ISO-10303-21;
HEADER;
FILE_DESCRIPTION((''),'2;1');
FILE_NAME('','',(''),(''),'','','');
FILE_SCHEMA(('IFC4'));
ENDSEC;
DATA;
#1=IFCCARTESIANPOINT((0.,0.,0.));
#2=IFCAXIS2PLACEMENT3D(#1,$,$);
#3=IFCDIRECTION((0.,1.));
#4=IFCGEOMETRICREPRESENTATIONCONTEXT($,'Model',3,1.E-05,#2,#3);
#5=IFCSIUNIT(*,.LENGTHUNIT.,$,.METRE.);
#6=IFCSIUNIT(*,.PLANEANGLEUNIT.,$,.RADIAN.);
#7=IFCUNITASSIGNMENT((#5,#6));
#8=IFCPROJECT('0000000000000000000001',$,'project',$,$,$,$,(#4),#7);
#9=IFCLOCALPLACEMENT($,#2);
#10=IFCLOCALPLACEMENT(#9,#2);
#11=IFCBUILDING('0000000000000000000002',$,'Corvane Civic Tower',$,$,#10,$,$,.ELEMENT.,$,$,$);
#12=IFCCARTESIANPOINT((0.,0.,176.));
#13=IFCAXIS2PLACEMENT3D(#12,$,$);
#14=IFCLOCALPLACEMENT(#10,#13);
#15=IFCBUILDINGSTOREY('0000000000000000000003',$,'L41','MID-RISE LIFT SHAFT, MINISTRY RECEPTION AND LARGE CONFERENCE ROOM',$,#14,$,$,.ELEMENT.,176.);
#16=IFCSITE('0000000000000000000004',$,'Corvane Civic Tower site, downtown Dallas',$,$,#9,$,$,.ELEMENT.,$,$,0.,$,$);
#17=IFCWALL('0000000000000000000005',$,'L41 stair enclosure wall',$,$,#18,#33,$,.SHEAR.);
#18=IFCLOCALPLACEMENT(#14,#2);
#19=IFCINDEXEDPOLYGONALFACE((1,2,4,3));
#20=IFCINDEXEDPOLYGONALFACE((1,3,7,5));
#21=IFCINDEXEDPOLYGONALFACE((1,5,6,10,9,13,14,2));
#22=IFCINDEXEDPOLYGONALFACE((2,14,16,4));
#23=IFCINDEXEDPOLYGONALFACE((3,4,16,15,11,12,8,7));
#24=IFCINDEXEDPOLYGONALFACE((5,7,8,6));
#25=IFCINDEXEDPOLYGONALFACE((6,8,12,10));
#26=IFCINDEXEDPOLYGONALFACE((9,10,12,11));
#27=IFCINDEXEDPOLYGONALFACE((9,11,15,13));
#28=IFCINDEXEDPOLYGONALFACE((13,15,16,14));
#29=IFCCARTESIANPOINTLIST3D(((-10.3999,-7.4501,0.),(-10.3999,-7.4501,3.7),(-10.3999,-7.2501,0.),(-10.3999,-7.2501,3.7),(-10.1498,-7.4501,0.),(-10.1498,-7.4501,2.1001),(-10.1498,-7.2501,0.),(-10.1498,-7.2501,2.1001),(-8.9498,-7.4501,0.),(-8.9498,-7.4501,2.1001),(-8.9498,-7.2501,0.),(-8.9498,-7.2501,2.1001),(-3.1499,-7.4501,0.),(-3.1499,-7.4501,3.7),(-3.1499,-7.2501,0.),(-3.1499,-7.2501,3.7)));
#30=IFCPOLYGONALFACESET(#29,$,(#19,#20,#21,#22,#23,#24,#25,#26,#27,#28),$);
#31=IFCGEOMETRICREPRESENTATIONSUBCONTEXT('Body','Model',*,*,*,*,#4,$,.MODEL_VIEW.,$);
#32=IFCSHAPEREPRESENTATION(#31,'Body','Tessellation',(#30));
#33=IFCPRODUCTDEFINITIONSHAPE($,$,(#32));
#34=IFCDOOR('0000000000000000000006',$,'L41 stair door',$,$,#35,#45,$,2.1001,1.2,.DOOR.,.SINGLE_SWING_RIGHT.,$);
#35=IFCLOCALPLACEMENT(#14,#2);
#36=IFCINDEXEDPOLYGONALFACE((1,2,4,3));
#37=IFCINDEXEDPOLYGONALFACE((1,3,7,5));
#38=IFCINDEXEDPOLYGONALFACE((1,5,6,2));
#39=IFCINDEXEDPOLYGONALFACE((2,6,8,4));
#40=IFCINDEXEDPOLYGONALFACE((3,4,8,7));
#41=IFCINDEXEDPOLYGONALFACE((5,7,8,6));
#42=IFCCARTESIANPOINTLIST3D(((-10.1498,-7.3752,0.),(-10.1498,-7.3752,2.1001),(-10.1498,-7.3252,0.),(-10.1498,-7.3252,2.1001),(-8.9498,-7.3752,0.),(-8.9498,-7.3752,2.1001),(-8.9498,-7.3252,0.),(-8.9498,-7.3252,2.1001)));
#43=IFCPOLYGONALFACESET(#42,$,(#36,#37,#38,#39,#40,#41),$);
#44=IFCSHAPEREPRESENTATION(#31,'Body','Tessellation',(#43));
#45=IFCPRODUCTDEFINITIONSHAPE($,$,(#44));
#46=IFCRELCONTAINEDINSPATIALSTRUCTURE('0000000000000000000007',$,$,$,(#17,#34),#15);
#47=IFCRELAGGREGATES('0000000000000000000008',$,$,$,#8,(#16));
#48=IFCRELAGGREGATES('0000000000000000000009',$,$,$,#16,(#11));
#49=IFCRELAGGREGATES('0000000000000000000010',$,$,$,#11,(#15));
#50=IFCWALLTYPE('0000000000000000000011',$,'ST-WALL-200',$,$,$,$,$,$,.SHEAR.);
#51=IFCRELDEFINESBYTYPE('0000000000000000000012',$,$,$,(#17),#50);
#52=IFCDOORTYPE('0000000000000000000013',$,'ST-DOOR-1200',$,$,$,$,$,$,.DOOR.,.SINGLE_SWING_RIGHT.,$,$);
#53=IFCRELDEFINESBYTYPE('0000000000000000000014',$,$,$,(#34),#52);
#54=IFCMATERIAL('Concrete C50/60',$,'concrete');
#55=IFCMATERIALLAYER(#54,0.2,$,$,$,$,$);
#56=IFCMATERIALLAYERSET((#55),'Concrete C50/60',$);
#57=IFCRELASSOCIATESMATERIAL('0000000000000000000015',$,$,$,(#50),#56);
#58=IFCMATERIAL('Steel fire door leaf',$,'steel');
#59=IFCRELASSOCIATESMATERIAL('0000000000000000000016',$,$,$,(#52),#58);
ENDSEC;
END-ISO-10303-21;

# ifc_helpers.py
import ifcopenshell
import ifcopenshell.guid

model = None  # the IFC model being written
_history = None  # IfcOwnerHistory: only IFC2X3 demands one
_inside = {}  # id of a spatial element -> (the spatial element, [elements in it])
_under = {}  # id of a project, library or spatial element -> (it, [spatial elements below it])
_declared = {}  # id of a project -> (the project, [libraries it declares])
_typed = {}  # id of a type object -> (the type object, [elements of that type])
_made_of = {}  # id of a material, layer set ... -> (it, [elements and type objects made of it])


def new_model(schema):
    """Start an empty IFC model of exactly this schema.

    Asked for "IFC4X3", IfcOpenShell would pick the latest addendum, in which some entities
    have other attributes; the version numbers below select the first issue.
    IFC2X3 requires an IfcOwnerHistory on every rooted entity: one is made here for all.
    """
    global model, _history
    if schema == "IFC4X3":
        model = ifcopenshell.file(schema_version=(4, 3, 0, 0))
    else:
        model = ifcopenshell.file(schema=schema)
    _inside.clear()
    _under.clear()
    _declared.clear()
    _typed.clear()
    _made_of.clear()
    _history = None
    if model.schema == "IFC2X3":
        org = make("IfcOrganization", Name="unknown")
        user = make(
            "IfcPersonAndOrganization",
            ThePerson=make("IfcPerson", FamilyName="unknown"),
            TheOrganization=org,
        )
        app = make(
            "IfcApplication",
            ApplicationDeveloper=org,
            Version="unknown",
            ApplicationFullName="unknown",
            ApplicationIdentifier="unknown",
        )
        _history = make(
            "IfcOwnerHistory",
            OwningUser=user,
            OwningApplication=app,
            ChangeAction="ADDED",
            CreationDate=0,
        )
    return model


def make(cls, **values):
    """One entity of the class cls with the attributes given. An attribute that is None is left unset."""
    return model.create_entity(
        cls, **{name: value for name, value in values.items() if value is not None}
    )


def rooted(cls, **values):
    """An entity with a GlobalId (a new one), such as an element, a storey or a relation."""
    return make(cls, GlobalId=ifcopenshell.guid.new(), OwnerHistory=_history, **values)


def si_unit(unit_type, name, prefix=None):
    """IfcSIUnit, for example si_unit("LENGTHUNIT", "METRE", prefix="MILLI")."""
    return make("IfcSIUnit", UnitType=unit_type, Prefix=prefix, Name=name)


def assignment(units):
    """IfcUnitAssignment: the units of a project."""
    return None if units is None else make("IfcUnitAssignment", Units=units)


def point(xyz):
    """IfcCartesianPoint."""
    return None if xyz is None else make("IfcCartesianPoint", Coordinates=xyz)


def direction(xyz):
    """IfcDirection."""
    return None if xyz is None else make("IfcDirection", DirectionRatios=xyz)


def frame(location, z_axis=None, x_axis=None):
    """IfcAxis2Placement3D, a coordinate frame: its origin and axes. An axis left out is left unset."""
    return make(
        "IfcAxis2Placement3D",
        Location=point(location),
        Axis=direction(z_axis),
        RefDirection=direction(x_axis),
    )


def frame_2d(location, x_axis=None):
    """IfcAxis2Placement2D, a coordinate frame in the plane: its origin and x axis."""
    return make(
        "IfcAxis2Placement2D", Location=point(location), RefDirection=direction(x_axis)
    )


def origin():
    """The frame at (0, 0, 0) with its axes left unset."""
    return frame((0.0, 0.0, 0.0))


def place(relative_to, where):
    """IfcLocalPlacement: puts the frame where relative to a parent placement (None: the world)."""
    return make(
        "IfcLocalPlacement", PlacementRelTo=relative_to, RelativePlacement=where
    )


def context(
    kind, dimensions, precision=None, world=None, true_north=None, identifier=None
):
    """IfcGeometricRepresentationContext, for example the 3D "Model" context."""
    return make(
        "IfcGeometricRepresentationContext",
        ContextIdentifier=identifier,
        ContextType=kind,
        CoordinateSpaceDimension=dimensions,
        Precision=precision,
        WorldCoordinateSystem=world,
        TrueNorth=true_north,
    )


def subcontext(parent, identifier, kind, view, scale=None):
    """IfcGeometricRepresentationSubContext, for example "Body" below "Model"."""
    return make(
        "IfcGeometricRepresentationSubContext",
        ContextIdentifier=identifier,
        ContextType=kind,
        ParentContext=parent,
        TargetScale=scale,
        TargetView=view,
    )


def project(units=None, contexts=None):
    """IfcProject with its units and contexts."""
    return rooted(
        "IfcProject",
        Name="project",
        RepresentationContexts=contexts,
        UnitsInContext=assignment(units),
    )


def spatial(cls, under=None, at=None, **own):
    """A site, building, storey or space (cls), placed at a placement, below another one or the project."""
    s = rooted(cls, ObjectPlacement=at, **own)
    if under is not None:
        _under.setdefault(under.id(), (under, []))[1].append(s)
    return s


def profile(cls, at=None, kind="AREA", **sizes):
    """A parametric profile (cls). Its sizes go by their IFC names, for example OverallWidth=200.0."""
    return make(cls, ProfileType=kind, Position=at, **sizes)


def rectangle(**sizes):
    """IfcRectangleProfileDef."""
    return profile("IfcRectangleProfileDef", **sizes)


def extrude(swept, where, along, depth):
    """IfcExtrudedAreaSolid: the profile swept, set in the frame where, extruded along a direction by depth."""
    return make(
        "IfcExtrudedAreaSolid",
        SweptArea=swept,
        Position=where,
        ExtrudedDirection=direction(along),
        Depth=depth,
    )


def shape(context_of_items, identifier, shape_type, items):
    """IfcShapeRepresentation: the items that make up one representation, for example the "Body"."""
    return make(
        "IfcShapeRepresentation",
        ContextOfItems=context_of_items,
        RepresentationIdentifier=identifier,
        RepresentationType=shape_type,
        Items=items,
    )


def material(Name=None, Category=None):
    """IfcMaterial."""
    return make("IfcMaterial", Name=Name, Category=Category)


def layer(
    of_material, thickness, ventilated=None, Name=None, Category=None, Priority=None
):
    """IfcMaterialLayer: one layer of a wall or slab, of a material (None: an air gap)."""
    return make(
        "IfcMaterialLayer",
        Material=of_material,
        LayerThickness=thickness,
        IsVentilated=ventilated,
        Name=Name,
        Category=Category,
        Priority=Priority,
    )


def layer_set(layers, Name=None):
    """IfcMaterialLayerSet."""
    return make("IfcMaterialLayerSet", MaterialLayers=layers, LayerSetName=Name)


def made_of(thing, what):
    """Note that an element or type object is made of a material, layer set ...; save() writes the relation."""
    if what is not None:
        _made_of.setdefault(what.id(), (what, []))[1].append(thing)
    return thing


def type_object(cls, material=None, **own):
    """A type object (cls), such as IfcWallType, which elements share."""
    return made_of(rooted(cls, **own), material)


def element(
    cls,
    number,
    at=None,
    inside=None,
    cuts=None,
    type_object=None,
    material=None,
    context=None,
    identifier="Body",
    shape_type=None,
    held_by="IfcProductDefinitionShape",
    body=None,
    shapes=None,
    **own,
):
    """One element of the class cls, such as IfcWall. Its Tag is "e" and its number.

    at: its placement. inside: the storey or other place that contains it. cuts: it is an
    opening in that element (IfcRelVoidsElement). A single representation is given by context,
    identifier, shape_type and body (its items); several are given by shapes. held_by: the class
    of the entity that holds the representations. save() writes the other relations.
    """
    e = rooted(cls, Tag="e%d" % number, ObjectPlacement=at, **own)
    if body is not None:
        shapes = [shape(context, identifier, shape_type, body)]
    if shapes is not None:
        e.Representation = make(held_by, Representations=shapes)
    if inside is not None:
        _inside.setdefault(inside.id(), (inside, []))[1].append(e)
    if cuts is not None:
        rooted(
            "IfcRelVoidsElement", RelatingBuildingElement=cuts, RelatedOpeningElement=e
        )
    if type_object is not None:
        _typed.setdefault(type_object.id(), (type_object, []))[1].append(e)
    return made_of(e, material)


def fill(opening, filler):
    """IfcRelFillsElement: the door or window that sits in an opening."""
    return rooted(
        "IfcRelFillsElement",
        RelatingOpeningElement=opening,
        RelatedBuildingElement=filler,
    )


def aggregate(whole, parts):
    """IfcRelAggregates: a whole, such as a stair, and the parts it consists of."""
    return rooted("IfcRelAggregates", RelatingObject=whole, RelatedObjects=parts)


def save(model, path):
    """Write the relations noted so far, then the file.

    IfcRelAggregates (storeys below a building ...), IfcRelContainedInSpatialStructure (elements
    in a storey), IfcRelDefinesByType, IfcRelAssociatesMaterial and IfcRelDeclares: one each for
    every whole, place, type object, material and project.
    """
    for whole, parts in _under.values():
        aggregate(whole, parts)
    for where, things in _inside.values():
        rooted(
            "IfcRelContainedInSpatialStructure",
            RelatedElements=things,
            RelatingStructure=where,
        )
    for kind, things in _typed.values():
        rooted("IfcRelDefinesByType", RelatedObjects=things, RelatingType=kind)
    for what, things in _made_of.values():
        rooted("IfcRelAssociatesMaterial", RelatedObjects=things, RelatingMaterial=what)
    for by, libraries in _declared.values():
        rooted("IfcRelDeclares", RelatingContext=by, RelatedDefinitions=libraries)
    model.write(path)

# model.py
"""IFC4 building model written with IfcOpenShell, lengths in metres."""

from ifc_helpers import new_model, si_unit, direction, frame, frame_2d, origin, place, context, subcontext, project, spatial, rectangle, extrude, material, layer, layer_set, type_object, element, fill, save


model = new_model("IFC4")

# Units and contexts
model_context = context("Model", 3, precision=1e-05, world=origin(), true_north=direction((0.0, 1.0)))
body_context = subcontext(model_context, "Body", "Model", "MODEL_VIEW")
ifc_project = project(units=[si_unit("LENGTHUNIT", "METRE"), si_unit("PLANEANGLEUNIT", "RADIAN")], contexts=[model_context])

# Site, building, storey
site_placement = place(None, origin())
site = spatial("IfcSite", under=ifc_project, at=site_placement, Name="Corvane Civic Tower site, downtown Dallas", CompositionType="ELEMENT", RefElevation=0.0)
building_placement = place(site_placement, origin())
building = spatial("IfcBuilding", under=site, at=building_placement, Name="Corvane Civic Tower", CompositionType="ELEMENT")
storey_placement = place(building_placement, frame((0.0, 0.0, 176.0)))
storey = spatial("IfcBuildingStorey", under=building, at=storey_placement, Name="L41", Description="MID-RISE LIFT SHAFT, MINISTRY RECEPTION AND LARGE CONFERENCE ROOM", CompositionType="ELEMENT", Elevation=176.0)

# Wall, opening, door
ifc_material_1 = material(Name="Concrete C50/60", Category="concrete")
ifc_layer_1 = layer(ifc_material_1, 0.2)
ifc_layer_set_1 = layer_set([ifc_layer_1], Name="Concrete C50/60")
wall_type_1 = type_object("IfcWallType", Name="ST-WALL-200", PredefinedType="SHEAR", material=ifc_layer_set_1)
wall_1_placement = place(storey_placement, frame((-10.3999, -7.3501, 0.0), z_axis=(0.0, 0.0, 1.0), x_axis=(1.0, 0.0, 0.0)))
wall_1 = element("IfcWall", 1, at=wall_1_placement, inside=storey, type_object=wall_type_1, Name="L41 stair enclosure wall", PredefinedType="SHEAR", context=body_context, shape_type="SweptSolid", body=[
    extrude(rectangle(XDim=7.25, YDim=0.2, at=frame_2d((3.625, 0.0))), origin(), (0.0, 0.0, 1.0), 3.7),
])
opening_1_placement = place(wall_1_placement, frame((0.25, 0.0, 0.0)))
opening_1 = element("IfcOpeningElement", 2, at=opening_1_placement, cuts=wall_1, PredefinedType="OPENING", context=body_context, shape_type="SweptSolid", body=[
    extrude(rectangle(XDim=1.2, YDim=2.1001, at=frame_2d((0.6001, 1.05))), frame((0.0, 0.1099, 0.0), z_axis=(0.0, -1.0, 0.0), x_axis=(1.0, 0.0, 0.0)), (0.0, 0.0, 1.0), 0.22),
])
ifc_material_2 = material(Name="Steel fire door leaf", Category="steel")
door_type_1 = type_object("IfcDoorType", Name="ST-DOOR-1200", OperationType="SINGLE_SWING_RIGHT", PredefinedType="DOOR", material=ifc_material_2)
door_1_placement = place(opening_1_placement, origin())
door_1 = element("IfcDoor", 3, at=door_1_placement, inside=storey, type_object=door_type_1, Name="L41 stair door", OperationType="SINGLE_SWING_RIGHT", OverallHeight=2.1001, OverallWidth=1.2, PredefinedType="DOOR", context=body_context, shape_type="SweptSolid", body=[
    extrude(rectangle(XDim=1.2, YDim=2.1001, at=frame_2d((0.6001, 1.05))), frame((0.0, 0.0249, 0.0), z_axis=(0.0, -1.0, 0.0), x_axis=(1.0, 0.0, 0.0)), (0.0, 0.0, 1.0), 0.05),
])
fill(opening_1, door_1)

save(model, "model.ifc")
